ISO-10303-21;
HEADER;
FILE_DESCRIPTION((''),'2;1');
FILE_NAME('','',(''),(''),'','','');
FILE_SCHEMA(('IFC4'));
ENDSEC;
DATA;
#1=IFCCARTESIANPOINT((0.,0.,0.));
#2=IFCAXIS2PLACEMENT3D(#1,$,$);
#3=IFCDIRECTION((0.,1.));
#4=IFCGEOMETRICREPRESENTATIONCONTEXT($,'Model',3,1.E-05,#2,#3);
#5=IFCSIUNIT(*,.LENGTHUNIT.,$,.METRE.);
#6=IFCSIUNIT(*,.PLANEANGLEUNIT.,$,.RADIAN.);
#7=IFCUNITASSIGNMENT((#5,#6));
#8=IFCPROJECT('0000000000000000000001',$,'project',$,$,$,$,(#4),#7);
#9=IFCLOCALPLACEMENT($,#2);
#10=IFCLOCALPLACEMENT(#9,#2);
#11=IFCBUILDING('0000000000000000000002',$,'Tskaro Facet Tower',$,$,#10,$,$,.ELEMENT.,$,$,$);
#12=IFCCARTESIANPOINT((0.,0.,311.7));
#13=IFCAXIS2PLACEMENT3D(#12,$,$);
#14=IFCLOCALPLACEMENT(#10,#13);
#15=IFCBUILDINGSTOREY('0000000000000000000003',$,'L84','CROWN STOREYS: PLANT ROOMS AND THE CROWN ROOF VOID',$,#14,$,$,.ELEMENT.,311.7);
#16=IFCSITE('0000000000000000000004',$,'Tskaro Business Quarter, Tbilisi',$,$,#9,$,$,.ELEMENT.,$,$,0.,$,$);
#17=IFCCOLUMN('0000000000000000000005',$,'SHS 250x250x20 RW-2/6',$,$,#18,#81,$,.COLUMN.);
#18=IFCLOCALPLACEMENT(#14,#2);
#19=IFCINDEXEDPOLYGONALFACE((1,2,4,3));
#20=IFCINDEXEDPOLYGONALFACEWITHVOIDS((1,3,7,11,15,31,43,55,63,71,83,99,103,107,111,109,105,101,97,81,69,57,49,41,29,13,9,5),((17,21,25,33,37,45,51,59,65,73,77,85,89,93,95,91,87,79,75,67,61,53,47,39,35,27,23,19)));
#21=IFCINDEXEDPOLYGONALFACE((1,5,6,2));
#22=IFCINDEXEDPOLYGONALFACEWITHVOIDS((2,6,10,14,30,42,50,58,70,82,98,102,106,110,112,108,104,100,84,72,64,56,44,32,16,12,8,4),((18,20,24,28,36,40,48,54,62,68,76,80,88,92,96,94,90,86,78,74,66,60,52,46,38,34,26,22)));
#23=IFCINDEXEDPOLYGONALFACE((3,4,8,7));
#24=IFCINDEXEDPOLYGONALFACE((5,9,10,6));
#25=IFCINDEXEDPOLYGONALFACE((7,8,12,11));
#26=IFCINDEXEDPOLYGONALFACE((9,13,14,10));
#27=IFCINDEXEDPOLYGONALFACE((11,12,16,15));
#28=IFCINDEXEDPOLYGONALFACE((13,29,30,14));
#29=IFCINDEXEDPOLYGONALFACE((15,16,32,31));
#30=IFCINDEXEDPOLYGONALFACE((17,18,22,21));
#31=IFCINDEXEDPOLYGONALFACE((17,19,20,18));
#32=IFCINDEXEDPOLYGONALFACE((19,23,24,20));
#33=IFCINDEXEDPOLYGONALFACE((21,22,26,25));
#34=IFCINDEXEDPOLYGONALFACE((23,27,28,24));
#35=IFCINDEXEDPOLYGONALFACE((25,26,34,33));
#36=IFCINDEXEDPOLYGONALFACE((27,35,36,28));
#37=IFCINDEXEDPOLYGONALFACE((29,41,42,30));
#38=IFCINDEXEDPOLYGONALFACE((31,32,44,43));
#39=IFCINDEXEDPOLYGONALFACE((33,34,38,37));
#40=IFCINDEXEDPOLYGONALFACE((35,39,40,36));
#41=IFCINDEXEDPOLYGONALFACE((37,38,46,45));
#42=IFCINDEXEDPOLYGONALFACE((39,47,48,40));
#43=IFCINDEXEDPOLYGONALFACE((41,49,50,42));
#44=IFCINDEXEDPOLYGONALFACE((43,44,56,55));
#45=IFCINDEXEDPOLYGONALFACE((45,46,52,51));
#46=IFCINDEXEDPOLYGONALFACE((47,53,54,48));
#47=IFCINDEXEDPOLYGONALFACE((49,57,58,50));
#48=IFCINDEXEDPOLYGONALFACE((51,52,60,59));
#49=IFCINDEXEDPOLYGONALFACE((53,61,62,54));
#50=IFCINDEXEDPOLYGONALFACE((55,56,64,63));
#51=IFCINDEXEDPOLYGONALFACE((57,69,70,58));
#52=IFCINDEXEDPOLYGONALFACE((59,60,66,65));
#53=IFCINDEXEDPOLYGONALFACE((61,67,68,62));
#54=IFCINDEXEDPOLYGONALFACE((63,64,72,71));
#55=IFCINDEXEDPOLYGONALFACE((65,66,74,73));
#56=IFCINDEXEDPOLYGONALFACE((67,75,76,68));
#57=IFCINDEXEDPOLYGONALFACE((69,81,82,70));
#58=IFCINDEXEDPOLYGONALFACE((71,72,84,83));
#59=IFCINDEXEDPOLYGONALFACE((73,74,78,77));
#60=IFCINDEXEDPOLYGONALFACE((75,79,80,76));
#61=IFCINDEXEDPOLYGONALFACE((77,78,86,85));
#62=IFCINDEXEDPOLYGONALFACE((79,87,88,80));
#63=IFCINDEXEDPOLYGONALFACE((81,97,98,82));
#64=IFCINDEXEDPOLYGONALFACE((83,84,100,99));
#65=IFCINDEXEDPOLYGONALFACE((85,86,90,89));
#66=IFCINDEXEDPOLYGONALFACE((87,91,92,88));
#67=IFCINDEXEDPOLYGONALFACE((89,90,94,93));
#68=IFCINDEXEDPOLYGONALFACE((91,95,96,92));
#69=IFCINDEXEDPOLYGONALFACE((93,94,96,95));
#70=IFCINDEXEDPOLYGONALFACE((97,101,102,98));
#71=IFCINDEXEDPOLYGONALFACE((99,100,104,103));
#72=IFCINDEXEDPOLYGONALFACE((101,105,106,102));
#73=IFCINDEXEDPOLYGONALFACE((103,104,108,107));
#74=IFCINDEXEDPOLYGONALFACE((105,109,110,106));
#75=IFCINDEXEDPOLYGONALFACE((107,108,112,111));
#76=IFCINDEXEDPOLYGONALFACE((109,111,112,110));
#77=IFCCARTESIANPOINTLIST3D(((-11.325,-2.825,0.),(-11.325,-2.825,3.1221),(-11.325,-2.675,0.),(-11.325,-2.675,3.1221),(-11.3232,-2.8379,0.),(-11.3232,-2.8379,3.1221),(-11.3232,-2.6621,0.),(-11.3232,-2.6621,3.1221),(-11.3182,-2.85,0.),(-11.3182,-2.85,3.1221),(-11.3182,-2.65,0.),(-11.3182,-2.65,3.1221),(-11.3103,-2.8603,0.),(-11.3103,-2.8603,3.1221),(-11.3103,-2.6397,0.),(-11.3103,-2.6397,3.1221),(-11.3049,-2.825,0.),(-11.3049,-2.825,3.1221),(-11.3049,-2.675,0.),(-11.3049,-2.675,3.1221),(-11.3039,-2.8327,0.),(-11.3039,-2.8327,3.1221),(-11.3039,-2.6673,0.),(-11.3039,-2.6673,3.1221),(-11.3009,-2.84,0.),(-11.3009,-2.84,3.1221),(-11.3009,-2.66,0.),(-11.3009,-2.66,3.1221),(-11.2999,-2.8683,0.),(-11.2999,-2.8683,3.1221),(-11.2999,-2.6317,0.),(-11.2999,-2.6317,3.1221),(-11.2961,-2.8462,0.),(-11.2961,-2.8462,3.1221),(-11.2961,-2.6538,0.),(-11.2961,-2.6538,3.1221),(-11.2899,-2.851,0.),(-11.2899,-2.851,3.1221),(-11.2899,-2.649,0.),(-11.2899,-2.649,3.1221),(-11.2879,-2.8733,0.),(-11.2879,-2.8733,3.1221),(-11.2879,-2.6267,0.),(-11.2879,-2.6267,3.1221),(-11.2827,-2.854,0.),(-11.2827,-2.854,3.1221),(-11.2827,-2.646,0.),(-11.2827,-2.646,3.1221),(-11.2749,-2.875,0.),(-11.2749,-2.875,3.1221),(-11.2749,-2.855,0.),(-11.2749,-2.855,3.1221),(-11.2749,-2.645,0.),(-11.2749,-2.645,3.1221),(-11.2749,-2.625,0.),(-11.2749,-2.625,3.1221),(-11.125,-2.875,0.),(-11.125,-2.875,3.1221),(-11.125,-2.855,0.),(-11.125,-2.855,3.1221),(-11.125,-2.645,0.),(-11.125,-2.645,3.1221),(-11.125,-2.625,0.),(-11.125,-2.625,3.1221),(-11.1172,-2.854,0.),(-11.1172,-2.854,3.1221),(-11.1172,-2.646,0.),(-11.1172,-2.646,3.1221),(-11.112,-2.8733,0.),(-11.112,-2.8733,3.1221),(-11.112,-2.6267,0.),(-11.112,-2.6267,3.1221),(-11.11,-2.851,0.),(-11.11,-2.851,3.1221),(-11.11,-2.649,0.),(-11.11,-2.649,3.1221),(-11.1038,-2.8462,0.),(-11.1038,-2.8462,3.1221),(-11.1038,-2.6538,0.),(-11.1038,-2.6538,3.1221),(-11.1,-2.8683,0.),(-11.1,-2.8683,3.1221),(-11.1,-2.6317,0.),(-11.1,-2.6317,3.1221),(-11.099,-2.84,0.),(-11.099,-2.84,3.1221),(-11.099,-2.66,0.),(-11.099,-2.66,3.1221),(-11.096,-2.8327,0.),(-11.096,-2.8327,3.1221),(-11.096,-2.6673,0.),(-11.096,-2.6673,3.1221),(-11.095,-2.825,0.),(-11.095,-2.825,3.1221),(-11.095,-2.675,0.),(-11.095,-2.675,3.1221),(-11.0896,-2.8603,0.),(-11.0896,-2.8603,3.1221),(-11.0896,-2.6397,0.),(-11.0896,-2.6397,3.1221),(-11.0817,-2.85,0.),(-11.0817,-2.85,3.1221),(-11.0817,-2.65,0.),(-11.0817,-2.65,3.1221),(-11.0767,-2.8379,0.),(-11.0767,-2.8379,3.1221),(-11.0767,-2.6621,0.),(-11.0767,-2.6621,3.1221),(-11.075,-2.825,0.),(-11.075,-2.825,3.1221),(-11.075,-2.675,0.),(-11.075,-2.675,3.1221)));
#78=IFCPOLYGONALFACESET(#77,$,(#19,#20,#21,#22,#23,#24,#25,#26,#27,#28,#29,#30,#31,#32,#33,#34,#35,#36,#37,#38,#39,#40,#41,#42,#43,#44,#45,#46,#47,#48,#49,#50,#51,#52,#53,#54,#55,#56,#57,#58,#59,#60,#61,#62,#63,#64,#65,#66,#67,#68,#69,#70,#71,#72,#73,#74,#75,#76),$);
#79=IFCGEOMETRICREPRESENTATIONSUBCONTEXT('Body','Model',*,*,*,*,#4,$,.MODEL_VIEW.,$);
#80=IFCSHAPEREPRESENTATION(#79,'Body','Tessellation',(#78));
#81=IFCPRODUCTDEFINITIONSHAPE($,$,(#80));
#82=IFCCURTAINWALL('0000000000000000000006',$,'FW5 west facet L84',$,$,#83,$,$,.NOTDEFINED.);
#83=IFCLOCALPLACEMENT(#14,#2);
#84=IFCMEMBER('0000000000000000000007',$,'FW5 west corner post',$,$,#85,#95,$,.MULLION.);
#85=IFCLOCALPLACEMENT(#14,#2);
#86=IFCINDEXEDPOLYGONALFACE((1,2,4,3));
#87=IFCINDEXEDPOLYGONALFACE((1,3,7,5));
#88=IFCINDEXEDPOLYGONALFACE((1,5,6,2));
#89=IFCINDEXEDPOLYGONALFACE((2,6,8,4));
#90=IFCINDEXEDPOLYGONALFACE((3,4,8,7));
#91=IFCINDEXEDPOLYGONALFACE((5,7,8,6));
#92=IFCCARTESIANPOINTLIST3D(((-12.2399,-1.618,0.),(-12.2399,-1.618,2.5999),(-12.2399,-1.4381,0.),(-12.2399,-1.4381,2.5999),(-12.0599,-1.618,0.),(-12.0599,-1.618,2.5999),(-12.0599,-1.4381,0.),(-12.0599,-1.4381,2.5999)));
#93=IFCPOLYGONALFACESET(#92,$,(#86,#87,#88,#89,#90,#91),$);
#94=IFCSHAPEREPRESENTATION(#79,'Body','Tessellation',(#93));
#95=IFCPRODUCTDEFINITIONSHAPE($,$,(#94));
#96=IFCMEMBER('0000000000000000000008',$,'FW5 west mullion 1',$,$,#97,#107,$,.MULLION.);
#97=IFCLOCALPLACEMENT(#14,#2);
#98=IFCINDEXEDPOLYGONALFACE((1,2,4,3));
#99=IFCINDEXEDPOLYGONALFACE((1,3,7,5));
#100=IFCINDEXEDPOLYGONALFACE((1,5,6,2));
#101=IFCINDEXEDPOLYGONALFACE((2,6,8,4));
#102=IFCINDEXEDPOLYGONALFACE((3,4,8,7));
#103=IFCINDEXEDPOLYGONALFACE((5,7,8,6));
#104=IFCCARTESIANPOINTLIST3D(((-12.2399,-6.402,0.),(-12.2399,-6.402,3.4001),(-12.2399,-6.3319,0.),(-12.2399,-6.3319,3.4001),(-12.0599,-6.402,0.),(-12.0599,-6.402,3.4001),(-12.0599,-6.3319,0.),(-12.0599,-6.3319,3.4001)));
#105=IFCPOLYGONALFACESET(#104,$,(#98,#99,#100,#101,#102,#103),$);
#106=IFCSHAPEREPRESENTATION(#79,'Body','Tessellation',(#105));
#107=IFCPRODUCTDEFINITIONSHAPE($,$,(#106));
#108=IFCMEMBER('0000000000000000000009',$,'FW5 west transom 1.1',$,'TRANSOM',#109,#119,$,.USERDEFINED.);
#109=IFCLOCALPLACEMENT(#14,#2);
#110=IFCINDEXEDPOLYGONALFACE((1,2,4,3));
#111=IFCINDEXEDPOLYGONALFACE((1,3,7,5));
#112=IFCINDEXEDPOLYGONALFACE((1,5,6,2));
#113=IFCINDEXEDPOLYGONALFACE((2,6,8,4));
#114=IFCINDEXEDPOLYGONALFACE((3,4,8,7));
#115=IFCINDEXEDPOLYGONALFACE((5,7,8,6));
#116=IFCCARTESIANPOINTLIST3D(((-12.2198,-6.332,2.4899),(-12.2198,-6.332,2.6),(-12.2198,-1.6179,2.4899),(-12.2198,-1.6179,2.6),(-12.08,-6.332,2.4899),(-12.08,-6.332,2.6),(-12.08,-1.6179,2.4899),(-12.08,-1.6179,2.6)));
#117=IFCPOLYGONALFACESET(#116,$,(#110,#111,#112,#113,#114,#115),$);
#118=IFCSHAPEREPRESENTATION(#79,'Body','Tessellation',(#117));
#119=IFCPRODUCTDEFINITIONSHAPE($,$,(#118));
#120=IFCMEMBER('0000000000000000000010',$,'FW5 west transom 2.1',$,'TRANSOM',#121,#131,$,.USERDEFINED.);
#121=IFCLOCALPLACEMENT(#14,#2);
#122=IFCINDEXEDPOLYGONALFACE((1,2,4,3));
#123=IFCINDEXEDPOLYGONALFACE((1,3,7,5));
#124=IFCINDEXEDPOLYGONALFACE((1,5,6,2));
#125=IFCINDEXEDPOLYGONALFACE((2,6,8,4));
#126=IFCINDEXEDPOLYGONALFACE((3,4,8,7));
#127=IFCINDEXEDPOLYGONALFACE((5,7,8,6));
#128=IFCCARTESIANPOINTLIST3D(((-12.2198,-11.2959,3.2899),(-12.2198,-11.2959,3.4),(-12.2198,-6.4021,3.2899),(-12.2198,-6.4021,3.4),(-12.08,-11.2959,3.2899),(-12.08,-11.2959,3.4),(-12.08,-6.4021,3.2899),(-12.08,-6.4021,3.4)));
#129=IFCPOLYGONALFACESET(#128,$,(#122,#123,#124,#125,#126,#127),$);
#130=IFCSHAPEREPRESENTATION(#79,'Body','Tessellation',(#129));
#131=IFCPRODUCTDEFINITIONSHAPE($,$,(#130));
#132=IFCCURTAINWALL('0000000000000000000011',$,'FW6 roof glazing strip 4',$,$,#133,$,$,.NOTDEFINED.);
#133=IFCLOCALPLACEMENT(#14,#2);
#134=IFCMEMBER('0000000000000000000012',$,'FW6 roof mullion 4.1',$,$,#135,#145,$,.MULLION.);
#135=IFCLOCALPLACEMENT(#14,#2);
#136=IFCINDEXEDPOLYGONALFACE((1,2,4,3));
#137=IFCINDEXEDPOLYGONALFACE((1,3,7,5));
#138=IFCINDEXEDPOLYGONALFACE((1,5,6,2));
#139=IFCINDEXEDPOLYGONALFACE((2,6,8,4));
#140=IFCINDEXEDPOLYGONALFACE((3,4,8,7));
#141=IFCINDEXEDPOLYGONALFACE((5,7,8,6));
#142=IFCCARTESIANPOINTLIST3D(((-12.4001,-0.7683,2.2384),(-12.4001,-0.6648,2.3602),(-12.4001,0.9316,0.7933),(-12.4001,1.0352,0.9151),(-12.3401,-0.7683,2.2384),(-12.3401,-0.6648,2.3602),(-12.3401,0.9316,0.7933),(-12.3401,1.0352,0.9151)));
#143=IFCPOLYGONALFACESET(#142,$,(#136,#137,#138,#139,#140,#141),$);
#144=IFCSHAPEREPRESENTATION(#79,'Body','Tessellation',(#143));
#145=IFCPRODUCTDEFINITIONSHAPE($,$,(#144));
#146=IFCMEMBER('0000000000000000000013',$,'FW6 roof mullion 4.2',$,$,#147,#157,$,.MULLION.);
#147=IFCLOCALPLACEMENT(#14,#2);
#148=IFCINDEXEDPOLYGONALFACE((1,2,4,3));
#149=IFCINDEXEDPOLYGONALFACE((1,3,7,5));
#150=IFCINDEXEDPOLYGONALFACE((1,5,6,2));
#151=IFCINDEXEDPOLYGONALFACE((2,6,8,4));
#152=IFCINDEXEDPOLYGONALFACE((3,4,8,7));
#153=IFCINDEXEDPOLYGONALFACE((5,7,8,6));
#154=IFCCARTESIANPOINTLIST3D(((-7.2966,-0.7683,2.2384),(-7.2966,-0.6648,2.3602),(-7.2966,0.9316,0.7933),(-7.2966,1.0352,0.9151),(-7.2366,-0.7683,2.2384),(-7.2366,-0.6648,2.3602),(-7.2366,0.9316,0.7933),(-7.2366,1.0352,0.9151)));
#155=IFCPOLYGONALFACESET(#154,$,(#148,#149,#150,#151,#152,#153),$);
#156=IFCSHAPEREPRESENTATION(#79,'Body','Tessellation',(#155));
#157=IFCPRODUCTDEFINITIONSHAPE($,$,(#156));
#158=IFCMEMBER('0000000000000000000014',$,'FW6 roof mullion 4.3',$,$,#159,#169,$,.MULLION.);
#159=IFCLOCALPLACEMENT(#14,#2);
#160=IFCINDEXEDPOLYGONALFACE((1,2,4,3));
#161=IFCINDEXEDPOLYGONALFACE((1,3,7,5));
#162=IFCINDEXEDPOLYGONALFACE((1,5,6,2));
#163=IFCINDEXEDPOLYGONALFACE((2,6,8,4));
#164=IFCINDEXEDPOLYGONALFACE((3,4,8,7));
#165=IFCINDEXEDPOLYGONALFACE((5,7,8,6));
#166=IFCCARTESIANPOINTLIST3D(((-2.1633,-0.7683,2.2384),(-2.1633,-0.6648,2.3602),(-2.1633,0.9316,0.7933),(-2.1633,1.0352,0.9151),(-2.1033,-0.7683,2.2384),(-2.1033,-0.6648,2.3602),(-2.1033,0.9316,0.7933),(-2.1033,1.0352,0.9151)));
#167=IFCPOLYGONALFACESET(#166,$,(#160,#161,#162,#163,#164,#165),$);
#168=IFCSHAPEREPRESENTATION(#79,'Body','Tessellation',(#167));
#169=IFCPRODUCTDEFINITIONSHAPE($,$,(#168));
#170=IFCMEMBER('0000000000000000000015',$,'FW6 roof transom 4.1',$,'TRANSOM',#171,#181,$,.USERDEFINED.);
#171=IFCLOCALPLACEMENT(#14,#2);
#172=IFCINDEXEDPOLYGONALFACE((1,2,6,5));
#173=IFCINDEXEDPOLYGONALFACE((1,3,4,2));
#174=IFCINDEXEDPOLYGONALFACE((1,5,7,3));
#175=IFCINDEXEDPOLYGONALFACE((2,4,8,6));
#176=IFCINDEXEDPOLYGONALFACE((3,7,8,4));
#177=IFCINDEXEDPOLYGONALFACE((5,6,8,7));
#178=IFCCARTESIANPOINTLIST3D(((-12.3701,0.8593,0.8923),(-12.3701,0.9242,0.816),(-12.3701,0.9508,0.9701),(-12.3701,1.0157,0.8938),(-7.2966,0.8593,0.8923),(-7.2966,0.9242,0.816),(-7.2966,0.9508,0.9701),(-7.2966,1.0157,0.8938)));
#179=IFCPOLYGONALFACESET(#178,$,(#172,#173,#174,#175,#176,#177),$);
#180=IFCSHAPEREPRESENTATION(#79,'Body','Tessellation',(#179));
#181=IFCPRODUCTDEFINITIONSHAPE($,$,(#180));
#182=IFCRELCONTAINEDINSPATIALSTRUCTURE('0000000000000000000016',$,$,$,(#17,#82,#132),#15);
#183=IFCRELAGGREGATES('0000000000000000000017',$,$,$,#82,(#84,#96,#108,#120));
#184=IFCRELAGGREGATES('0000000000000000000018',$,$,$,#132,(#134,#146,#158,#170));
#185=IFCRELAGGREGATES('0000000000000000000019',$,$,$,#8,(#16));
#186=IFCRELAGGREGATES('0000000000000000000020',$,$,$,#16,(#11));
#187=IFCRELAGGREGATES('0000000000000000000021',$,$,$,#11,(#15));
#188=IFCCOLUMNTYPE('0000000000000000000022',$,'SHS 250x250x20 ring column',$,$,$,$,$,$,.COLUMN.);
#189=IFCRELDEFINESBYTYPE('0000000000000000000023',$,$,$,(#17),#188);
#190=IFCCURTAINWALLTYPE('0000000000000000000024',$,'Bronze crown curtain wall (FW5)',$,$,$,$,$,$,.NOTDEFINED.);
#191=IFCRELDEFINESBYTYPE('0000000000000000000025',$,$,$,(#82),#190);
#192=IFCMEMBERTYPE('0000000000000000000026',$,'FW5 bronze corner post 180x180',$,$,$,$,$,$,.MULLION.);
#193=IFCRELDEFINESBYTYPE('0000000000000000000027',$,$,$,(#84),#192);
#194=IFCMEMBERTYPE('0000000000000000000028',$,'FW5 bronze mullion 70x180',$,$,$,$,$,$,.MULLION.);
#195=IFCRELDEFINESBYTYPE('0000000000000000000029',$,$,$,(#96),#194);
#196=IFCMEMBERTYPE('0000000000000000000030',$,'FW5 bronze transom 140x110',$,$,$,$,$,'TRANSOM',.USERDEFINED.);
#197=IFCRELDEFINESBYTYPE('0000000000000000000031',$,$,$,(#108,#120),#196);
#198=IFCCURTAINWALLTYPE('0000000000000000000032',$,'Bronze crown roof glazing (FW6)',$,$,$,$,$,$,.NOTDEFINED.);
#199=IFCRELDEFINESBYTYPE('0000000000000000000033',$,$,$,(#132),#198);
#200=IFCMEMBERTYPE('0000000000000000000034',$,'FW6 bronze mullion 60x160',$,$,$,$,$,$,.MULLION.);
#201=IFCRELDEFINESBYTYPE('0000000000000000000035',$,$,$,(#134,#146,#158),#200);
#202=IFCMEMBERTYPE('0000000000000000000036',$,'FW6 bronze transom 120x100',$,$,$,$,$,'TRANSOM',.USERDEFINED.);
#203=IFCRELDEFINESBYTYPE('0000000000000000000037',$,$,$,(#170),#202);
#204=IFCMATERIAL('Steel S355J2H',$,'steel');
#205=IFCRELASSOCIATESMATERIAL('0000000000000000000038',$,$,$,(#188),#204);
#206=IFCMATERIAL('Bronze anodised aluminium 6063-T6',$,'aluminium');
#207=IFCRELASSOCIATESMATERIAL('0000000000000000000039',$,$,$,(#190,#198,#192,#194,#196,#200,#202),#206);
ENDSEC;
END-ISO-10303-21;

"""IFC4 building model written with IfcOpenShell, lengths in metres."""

from ifc_helpers import new_model, si_unit, direction, frame, origin, origin_2d, place, context, subcontext, project, spatial, rectangle, hollow_rectangle, extrude, material, material_profile, profile_set, type_object, element, aggregate, save


model = new_model("IFC4")

# Units and contexts
model_context = context("Model", 3, precision=1e-05, world=origin(), true_north=direction((0.0, 1.0)))
body_context = subcontext(model_context, "Body", "Model", "MODEL_VIEW")
ifc_project = project(units=[si_unit("LENGTHUNIT", "METRE"), si_unit("PLANEANGLEUNIT", "RADIAN")], contexts=[model_context])

# Site, building, storey
site_placement = place(None, origin())
site = spatial("IfcSite", under=ifc_project, at=site_placement, Name="Tskaro Business Quarter, Tbilisi", CompositionType="ELEMENT", RefElevation=0.0)
building_placement = place(site_placement, origin())
building = spatial("IfcBuilding", under=site, at=building_placement, Name="Tskaro Facet Tower", CompositionType="ELEMENT")
storey_placement = place(building_placement, frame((0.0, 0.0, 311.7)))
storey = spatial("IfcBuildingStorey", under=building, at=storey_placement, Name="L84", Description="CROWN STOREYS: PLANT ROOMS AND THE CROWN ROOF VOID", CompositionType="ELEMENT", Elevation=311.7)

# Column
ifc_material_1 = material(Name="Steel S355J2H", Category="steel")
ifc_material_profile_1 = material_profile(ifc_material_1, hollow_rectangle(XDim=0.25, YDim=0.25, WallThickness=0.02, InnerFilletRadius=0.03, OuterFilletRadius=0.05, at=origin_2d()), Name="SHS 250x250x20")
ifc_profile_set_1 = profile_set([ifc_material_profile_1], Name="Steel S355J2H")
column_type = type_object("IfcColumnType", Name="SHS 250x250x20 ring column", PredefinedType="COLUMN", material=ifc_profile_set_1)
column_placement = place(storey_placement, frame((-11.2, -2.75, 0.0), z_axis=(0.0, 0.0, 1.0), x_axis=(1.0, 0.0, 0.0)))
element("IfcColumn", 1, at=column_placement, inside=storey, type_object=column_type, Name="SHS 250x250x20 RW-2/6", PredefinedType="COLUMN", context=body_context, shape_type="SweptSolid", body=[
    extrude(hollow_rectangle(XDim=0.25, YDim=0.25, WallThickness=0.02, InnerFilletRadius=0.03, OuterFilletRadius=0.05, at=origin_2d()), origin(), (0.0, 0.0, 1.0), 3.1221),
])

# Curtain walls, members
ifc_material_2 = material(Name="Bronze anodised aluminium 6063-T6", Category="aluminium")
curtain_wall_type_1 = type_object("IfcCurtainWallType", Name="Bronze crown curtain wall (FW5)", PredefinedType="NOTDEFINED", material=ifc_material_2)
curtain_wall_1_placement = place(storey_placement, origin())
curtain_wall_1 = element("IfcCurtainWall", 2, at=curtain_wall_1_placement, inside=storey, type_object=curtain_wall_type_1, Name="FW5 west facet L84", PredefinedType="NOTDEFINED")
ifc_material_profile_2 = material_profile(ifc_material_2, rectangle(XDim=0.1799, YDim=0.1799, at=origin_2d()), Name="Corner post 180x180")
ifc_profile_set_2 = profile_set([ifc_material_profile_2], Name="Bronze anodised aluminium 6063-T6")
member_type_1 = type_object("IfcMemberType", Name="FW5 bronze corner post 180x180", PredefinedType="MULLION", material=ifc_profile_set_2)
member_1_placement = place(storey_placement, frame((-12.1499, -1.5281, 0.0), z_axis=(0.0, 0.0, 1.0), x_axis=(0.0, -1.0, 0.0)))
member_1 = element("IfcMember", 3, at=member_1_placement, type_object=member_type_1, Name="FW5 west corner post", PredefinedType="MULLION", context=body_context, shape_type="SweptSolid", body=[
    extrude(rectangle(XDim=0.1799, YDim=0.1799, at=origin_2d()), origin(), (0.0, 0.0, 1.0), 2.5999),
])
ifc_material_profile_3 = material_profile(ifc_material_2, rectangle(XDim=0.0701, YDim=0.1799, at=origin_2d()), Name="Mullion 70x180")
ifc_profile_set_3 = profile_set([ifc_material_profile_3], Name="Bronze anodised aluminium 6063-T6")
member_type_2 = type_object("IfcMemberType", Name="FW5 bronze mullion 70x180", PredefinedType="MULLION", material=ifc_profile_set_3)
member_2_placement = place(storey_placement, frame((-12.1499, -6.3669, 0.0), z_axis=(0.0, 0.0, 1.0), x_axis=(0.0, -1.0, 0.0)))
member_2 = element("IfcMember", 4, at=member_2_placement, type_object=member_type_2, Name="FW5 west mullion 1", PredefinedType="MULLION", context=body_context, shape_type="SweptSolid", body=[
    extrude(rectangle(XDim=0.0701, YDim=0.1799, at=origin_2d()), origin(), (0.0, 0.0, 1.0), 3.4001),
])
ifc_material_profile_4 = material_profile(ifc_material_2, rectangle(XDim=0.1399, YDim=0.1101, at=origin_2d()), Name="Transom 140x110")
ifc_profile_set_4 = profile_set([ifc_material_profile_4], Name="Bronze anodised aluminium 6063-T6")
member_type_3 = type_object("IfcMemberType", Name="FW5 bronze transom 140x110", ElementType="TRANSOM", PredefinedType="USERDEFINED", material=ifc_profile_set_4)
member_3_placement = place(storey_placement, frame((-12.1499, -1.6179, 2.5449), z_axis=(0.0, -1.0, 0.0), x_axis=(1.0, 0.0, 0.0)))
member_3 = element("IfcMember", 5, at=member_3_placement, type_object=member_type_3, Name="FW5 west transom 1.1", ObjectType="TRANSOM", PredefinedType="USERDEFINED", context=body_context, shape_type="SweptSolid", body=[
    extrude(rectangle(XDim=0.1399, YDim=0.1101, at=origin_2d()), origin(), (0.0, 0.0, 1.0), 4.7141),
])
member_4_placement = place(storey_placement, frame((-12.1499, -6.4021, 3.345), z_axis=(0.0, -1.0, 0.0), x_axis=(1.0, 0.0, 0.0)))
member_4 = element("IfcMember", 6, at=member_4_placement, type_object=member_type_3, Name="FW5 west transom 2.1", ObjectType="TRANSOM", PredefinedType="USERDEFINED", context=body_context, shape_type="SweptSolid", body=[
    extrude(rectangle(XDim=0.1399, YDim=0.1101, at=origin_2d()), origin(), (0.0, 0.0, 1.0), 4.8938),
])
curtain_wall_type_2 = type_object("IfcCurtainWallType", Name="Bronze crown roof glazing (FW6)", PredefinedType="NOTDEFINED", material=ifc_material_2)
curtain_wall_2_placement = place(storey_placement, origin())
curtain_wall_2 = element("IfcCurtainWall", 7, at=curtain_wall_2_placement, inside=storey, type_object=curtain_wall_type_2, Name="FW6 roof glazing strip 4", PredefinedType="NOTDEFINED")
ifc_material_profile_5 = material_profile(ifc_material_2, rectangle(XDim=0.0601, YDim=0.1599, at=origin_2d()), Name="Mullion 60x160")
ifc_profile_set_5 = profile_set([ifc_material_profile_5], Name="Bronze anodised aluminium 6063-T6")
member_type_4 = type_object("IfcMemberType", Name="FW6 bronze mullion 60x160", PredefinedType="MULLION", material=ifc_profile_set_5)
member_5_placement = place(storey_placement, frame((-12.3701, -0.7166, 2.2993), z_axis=(0.0, 0.761915, -0.647677), x_axis=(-1.0, 0.0, 0.0)))
member_5 = element("IfcMember", 8, at=member_5_placement, type_object=member_type_4, Name="FW6 roof mullion 4.1", PredefinedType="MULLION", context=body_context, shape_type="SweptSolid", body=[
    extrude(rectangle(XDim=0.0601, YDim=0.1599, at=origin_2d()), origin(), (0.0, 0.0, 1.0), 2.2312),
])
member_6_placement = place(storey_placement, frame((-7.2666, -0.7166, 2.2993), z_axis=(0.0, 0.761915, -0.647677), x_axis=(-1.0, 0.0, 0.0)))
member_6 = element("IfcMember", 9, at=member_6_placement, type_object=member_type_4, Name="FW6 roof mullion 4.2", PredefinedType="MULLION", context=body_context, shape_type="SweptSolid", body=[
    extrude(rectangle(XDim=0.0601, YDim=0.1599, at=origin_2d()), origin(), (0.0, 0.0, 1.0), 2.2312),
])
member_7_placement = place(storey_placement, frame((-2.1333, -0.7166, 2.2993), z_axis=(0.0, 0.761915, -0.647677), x_axis=(-1.0, 0.0, 0.0)))
member_7 = element("IfcMember", 10, at=member_7_placement, type_object=member_type_4, Name="FW6 roof mullion 4.3", PredefinedType="MULLION", context=body_context, shape_type="SweptSolid", body=[
    extrude(rectangle(XDim=0.0601, YDim=0.1599, at=origin_2d()), origin(), (0.0, 0.0, 1.0), 2.2312),
])
ifc_material_profile_6 = material_profile(ifc_material_2, rectangle(XDim=0.1201, YDim=0.1001, at=origin_2d()), Name="Transom 120x100")
ifc_profile_set_6 = profile_set([ifc_material_profile_6], Name="Bronze anodised aluminium 6063-T6")
member_type_5 = type_object("IfcMemberType", Name="FW6 bronze transom 120x100", ElementType="TRANSOM", PredefinedType="USERDEFINED", material=ifc_profile_set_6)
member_8_placement = place(storey_placement, frame((-12.3701, 0.9375, 0.8931), z_axis=(1.0, 0.0, 0.0), x_axis=(0.0, 0.761939, 0.647648)))
member_8 = element("IfcMember", 11, at=member_8_placement, type_object=member_type_5, Name="FW6 roof transom 4.1", ObjectType="TRANSOM", PredefinedType="USERDEFINED", context=body_context, shape_type="SweptSolid", body=[
    extrude(rectangle(XDim=0.1201, YDim=0.1001, at=origin_2d()), origin(), (0.0, 0.0, 1.0), 5.0735),
])

aggregate(curtain_wall_1, [member_1, member_2, member_3, member_4])
aggregate(curtain_wall_2, [member_5, member_6, member_7, member_8])

save(model, "model.ifc")
